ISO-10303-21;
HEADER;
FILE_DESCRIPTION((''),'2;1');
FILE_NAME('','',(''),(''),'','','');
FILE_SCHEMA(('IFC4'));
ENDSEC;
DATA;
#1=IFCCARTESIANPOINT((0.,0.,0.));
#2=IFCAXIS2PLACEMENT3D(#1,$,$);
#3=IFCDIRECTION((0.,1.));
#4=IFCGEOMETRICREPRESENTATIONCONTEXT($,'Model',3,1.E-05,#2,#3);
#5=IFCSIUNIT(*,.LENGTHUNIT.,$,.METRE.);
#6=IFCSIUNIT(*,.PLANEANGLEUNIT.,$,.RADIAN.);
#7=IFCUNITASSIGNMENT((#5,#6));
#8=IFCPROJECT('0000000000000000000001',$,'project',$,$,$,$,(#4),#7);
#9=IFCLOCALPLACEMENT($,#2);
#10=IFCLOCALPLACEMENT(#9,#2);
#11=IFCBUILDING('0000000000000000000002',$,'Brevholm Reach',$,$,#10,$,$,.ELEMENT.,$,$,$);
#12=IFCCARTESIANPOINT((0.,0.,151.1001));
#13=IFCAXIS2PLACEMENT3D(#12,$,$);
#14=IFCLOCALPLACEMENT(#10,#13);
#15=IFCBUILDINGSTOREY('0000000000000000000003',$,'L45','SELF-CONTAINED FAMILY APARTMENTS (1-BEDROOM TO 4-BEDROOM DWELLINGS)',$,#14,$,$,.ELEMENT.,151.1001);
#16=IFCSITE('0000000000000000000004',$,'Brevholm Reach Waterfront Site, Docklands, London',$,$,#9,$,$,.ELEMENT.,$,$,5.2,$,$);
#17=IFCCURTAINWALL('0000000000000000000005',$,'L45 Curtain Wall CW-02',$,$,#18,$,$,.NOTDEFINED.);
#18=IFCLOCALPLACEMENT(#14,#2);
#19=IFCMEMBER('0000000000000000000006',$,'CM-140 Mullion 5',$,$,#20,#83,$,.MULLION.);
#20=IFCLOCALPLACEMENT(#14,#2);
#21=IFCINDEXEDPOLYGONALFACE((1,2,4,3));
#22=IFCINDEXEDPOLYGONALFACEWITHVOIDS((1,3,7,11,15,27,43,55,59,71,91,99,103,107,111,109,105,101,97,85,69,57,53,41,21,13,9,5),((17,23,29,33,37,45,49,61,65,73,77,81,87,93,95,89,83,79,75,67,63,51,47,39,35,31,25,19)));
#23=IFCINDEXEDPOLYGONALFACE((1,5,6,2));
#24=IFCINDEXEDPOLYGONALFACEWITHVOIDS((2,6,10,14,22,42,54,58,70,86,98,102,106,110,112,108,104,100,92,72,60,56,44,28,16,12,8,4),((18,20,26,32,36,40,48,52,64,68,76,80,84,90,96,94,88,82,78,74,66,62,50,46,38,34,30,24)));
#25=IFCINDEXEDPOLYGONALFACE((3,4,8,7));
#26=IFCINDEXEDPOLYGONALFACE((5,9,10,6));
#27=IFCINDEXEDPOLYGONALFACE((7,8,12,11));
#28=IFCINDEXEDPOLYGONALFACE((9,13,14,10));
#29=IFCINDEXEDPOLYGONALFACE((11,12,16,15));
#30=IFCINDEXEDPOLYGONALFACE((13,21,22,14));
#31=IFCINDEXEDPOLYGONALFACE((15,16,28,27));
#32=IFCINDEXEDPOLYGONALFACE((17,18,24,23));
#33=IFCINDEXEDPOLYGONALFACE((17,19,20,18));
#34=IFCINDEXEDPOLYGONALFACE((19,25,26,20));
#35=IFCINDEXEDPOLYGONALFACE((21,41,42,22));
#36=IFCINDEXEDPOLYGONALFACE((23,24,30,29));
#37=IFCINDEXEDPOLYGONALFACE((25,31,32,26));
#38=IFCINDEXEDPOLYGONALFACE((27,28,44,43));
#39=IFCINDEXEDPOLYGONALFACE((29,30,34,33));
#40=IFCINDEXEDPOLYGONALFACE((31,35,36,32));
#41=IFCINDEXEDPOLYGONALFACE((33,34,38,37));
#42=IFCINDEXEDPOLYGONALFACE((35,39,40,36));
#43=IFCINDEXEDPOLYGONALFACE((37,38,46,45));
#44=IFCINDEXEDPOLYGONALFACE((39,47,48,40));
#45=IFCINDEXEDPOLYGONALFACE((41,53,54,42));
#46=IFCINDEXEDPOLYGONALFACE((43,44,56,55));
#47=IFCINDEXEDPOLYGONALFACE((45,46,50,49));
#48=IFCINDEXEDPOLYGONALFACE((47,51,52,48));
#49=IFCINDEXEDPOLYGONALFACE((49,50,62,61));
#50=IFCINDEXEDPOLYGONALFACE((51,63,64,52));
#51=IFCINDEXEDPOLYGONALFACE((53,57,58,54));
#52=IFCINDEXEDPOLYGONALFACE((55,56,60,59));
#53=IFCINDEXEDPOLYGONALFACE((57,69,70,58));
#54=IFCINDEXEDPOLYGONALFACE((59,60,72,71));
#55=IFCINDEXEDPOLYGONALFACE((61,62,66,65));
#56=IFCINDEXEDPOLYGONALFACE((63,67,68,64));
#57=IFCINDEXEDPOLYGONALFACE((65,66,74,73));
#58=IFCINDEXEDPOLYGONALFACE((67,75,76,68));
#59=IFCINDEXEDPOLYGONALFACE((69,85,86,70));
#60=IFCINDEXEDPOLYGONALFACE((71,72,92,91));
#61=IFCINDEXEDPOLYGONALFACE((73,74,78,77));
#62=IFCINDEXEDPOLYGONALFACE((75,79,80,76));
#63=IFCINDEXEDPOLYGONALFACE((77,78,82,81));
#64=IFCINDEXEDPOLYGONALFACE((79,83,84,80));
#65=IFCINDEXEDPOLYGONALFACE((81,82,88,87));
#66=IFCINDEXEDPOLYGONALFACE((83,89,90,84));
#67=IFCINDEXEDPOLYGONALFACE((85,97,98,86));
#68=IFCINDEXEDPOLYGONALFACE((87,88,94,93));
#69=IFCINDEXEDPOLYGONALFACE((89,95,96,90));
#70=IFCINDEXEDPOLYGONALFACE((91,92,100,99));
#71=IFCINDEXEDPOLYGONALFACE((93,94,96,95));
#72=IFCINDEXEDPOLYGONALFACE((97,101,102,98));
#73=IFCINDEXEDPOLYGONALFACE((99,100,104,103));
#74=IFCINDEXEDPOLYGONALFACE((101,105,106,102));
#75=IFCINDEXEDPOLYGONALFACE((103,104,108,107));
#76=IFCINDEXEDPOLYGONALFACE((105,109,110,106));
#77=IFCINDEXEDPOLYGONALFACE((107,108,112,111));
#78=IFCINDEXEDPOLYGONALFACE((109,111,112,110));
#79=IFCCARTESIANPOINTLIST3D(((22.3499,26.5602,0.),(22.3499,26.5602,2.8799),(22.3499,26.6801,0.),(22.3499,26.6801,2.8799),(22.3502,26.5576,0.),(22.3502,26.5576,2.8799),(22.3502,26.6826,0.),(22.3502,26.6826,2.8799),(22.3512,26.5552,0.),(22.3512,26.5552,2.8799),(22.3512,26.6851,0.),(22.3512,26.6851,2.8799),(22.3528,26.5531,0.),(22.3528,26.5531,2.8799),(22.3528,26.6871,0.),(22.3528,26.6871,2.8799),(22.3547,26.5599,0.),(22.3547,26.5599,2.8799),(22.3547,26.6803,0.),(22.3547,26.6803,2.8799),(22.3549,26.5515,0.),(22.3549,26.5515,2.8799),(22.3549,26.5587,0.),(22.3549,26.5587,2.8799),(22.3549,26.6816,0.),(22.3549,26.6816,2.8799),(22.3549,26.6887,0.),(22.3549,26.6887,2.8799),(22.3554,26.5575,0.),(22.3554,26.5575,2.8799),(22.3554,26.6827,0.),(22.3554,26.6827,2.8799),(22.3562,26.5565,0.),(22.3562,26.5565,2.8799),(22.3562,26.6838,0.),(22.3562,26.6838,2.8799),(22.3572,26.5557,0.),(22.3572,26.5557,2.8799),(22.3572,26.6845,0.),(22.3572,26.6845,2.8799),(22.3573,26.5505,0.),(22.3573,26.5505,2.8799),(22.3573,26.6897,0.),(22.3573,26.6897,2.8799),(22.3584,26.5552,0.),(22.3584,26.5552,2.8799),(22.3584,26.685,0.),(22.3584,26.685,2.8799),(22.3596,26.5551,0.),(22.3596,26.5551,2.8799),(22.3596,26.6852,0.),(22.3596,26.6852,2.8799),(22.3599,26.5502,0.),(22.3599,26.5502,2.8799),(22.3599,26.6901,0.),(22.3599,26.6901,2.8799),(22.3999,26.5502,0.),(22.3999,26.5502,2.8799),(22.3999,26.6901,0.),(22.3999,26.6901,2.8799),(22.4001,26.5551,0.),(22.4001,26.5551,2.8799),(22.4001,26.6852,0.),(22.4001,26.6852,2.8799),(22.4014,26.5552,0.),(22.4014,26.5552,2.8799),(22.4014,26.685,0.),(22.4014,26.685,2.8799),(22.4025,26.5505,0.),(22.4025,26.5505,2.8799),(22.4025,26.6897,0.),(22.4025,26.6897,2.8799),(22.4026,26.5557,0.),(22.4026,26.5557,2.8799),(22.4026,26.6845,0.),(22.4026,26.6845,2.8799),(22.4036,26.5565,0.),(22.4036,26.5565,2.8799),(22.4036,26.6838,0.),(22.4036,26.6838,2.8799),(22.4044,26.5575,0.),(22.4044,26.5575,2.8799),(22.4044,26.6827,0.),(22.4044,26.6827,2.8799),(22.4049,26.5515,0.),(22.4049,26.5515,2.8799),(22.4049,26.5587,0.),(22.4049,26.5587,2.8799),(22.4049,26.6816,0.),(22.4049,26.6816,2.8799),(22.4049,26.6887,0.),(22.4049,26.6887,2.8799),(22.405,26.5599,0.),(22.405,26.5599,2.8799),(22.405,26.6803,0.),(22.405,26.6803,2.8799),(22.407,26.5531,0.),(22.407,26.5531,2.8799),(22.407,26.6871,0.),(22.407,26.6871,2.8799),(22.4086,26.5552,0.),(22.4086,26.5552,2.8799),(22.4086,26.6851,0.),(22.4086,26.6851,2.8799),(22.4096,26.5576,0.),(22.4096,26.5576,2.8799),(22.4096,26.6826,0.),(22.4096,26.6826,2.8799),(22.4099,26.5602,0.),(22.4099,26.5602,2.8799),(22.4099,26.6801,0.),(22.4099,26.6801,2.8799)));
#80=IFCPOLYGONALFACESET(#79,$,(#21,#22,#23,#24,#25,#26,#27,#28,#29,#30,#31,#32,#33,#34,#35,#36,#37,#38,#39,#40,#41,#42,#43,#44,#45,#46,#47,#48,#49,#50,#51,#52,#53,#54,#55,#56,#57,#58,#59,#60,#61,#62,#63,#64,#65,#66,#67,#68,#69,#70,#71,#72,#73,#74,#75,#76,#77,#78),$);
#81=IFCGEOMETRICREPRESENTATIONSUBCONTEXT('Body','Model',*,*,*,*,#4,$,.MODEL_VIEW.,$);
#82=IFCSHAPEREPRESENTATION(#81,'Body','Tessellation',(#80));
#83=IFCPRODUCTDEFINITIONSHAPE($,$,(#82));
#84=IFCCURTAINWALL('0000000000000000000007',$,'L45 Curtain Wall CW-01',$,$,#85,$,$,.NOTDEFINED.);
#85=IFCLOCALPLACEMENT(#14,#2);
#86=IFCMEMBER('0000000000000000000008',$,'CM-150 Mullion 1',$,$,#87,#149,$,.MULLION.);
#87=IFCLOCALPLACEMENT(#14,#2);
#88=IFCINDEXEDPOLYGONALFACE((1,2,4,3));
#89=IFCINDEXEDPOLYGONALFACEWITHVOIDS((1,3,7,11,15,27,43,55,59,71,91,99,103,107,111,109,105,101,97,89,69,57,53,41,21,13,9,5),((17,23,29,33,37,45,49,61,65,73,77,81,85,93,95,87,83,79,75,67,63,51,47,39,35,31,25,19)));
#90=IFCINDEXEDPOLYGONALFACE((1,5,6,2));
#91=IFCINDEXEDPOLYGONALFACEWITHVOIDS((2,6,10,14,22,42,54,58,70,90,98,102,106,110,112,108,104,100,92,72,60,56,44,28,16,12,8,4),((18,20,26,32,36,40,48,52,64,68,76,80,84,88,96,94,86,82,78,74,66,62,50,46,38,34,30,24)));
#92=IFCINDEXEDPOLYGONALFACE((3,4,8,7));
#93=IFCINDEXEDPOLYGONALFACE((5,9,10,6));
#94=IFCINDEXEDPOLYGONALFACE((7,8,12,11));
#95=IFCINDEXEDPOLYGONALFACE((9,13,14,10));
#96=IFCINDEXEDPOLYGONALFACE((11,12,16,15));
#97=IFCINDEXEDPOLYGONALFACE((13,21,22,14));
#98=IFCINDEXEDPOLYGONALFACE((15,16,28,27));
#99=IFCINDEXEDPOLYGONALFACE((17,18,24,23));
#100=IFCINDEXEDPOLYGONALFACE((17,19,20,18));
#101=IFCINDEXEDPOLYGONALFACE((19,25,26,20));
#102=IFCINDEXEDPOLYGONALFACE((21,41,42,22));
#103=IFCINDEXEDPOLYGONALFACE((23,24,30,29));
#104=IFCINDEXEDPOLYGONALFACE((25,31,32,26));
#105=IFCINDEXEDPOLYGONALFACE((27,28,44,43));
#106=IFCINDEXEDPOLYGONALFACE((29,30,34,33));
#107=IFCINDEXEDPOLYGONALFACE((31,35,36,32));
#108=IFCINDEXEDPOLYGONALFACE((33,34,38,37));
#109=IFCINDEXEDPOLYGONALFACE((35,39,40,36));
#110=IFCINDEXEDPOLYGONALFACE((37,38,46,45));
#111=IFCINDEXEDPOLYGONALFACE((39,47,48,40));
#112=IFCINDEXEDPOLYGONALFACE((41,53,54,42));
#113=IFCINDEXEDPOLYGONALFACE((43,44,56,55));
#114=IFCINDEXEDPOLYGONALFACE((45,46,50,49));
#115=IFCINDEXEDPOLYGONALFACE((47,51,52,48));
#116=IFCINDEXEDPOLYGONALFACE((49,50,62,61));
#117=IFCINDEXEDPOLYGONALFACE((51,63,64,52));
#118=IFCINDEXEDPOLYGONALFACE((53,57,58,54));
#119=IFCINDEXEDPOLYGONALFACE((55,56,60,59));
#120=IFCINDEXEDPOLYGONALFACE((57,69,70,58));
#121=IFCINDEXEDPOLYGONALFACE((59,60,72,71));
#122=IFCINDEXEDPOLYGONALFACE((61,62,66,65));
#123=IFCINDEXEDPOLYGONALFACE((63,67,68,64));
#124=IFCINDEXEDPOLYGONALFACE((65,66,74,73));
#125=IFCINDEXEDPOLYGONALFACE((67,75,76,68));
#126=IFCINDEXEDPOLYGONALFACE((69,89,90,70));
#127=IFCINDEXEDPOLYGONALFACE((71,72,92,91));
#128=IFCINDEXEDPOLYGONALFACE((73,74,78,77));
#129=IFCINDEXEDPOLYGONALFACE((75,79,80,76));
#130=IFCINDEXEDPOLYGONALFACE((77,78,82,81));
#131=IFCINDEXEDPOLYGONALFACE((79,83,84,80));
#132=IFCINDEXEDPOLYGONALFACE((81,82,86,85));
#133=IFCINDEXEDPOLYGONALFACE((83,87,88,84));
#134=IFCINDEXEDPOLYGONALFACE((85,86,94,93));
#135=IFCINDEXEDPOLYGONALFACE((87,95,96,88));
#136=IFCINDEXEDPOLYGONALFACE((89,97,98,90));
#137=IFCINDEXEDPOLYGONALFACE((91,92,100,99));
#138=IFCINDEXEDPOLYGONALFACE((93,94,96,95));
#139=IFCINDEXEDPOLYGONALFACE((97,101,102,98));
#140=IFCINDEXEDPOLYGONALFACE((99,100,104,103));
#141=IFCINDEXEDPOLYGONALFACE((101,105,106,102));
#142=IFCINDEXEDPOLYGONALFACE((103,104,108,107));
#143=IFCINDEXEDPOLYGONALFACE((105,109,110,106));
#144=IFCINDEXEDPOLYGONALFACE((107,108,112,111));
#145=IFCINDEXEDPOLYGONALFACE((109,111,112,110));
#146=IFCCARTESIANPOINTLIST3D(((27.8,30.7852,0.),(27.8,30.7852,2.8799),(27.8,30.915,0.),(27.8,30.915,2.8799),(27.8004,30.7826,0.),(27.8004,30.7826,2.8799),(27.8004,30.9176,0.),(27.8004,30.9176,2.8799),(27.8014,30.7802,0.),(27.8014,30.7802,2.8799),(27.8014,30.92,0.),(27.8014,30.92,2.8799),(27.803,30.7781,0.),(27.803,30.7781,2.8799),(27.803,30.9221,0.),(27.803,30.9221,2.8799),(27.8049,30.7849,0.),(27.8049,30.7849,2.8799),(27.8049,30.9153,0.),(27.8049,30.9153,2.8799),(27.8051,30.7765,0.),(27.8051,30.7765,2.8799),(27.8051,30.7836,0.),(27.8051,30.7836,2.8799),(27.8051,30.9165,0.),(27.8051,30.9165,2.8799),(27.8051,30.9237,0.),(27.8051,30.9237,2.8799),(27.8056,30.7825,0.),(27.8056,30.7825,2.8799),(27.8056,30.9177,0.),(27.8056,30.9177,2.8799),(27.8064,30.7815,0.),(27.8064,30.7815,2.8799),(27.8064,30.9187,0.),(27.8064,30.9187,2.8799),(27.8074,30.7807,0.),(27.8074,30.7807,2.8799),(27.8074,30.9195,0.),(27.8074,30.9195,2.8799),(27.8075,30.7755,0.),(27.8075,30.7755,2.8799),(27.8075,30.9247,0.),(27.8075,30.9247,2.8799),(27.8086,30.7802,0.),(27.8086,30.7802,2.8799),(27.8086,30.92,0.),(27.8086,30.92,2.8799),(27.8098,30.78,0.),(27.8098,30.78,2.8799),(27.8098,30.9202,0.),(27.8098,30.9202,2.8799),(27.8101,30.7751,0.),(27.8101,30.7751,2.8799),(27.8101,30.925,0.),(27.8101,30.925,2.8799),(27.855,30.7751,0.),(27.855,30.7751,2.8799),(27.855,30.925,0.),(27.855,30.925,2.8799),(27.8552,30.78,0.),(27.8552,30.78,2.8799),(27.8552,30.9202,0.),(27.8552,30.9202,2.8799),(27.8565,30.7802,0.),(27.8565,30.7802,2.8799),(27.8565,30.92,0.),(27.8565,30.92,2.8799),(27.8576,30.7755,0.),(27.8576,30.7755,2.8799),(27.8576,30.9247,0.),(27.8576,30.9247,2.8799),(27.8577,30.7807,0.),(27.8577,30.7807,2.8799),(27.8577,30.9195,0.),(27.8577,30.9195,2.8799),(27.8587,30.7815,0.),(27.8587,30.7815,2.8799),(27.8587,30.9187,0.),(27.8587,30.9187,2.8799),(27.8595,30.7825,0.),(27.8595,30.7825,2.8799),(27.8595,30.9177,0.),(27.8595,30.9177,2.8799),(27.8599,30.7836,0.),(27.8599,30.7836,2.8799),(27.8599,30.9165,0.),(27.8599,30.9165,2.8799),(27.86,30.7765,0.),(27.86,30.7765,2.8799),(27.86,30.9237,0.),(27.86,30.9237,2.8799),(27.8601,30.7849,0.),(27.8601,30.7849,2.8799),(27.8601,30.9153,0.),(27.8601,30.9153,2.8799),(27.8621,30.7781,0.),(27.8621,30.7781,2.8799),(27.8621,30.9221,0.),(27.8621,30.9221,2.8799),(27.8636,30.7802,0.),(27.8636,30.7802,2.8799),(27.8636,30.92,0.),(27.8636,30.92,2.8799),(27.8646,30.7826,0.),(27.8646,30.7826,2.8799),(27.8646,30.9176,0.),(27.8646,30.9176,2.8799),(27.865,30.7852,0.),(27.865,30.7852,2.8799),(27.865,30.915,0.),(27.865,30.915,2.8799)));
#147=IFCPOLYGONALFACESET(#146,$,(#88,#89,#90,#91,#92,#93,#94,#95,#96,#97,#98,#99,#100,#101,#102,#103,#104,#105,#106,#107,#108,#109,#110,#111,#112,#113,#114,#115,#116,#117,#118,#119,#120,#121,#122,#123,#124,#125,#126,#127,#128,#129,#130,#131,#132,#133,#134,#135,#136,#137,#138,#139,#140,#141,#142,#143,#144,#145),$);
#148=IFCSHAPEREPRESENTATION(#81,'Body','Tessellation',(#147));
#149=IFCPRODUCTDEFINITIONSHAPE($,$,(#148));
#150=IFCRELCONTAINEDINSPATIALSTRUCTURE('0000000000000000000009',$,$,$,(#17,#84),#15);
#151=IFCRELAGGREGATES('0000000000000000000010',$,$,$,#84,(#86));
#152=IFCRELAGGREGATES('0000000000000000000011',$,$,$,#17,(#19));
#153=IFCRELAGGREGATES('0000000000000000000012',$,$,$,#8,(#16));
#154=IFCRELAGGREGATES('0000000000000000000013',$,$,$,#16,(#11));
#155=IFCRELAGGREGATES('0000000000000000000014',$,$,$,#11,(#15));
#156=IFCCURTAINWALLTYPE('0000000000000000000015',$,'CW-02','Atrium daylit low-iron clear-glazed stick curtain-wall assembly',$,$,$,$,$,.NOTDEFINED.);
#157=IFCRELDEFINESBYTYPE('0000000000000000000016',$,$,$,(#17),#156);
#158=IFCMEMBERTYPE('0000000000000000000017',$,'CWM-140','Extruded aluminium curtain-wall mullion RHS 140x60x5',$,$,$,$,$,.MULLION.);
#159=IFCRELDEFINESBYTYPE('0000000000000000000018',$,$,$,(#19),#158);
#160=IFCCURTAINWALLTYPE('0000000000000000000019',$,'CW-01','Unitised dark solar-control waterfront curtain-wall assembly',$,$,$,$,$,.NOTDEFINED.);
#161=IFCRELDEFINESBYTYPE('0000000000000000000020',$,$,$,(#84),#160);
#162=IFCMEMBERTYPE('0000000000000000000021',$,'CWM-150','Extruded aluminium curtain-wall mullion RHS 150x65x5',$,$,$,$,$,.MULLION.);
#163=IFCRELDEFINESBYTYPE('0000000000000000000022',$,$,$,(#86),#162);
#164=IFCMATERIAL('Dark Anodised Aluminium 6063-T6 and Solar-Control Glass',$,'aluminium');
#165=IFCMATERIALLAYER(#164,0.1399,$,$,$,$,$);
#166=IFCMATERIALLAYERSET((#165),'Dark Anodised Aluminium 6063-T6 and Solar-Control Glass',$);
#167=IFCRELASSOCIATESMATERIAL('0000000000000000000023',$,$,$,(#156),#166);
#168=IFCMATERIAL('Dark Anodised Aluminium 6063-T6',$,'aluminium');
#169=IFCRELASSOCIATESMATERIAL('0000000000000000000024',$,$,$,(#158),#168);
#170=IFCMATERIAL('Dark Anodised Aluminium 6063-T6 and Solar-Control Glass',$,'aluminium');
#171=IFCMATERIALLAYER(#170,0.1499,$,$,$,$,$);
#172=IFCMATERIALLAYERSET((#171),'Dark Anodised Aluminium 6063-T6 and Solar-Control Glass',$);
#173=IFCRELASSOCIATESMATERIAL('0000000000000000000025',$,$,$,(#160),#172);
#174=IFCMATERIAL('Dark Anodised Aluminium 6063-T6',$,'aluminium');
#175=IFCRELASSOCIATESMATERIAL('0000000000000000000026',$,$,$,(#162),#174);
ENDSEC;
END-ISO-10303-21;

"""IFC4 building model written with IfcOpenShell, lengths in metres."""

from ifc_helpers import new_model, si_unit, direction, frame, origin, origin_2d, place, context, subcontext, project, spatial, hollow_rectangle, extrude, material, layer, layer_set, material_profile, profile_set, type_object, element, aggregate, save


model = new_model("IFC4")

# Units and contexts
model_context = context("Model", 3, precision=1e-05, world=origin(), true_north=direction((0.0, 1.0)))
body_context = subcontext(model_context, "Body", "Model", "MODEL_VIEW")
ifc_project = project(units=[si_unit("LENGTHUNIT", "METRE"), si_unit("PLANEANGLEUNIT", "RADIAN")], contexts=[model_context])

# Site, building, storey
site_placement = place(None, origin())
site = spatial("IfcSite", under=ifc_project, at=site_placement, Name="Brevholm Reach Waterfront Site, Docklands, London", CompositionType="ELEMENT", RefElevation=5.2)
building_placement = place(site_placement, origin())
building = spatial("IfcBuilding", under=site, at=building_placement, Name="Brevholm Reach", CompositionType="ELEMENT")
storey_placement = place(building_placement, frame((0.0, 0.0, 151.1001)))
storey = spatial("IfcBuildingStorey", under=building, at=storey_placement, Name="L45", Description="SELF-CONTAINED FAMILY APARTMENTS (1-BEDROOM TO 4-BEDROOM DWELLINGS)", CompositionType="ELEMENT", Elevation=151.1001)

# Curtain wall, member
ifc_material_1 = material(Name="Dark Anodised Aluminium 6063-T6 and Solar-Control Glass", Category="aluminium")
ifc_layer_1 = layer(ifc_material_1, 0.1399)
ifc_layer_set_1 = layer_set([ifc_layer_1], Name="Dark Anodised Aluminium 6063-T6 and Solar-Control Glass")
curtain_wall_type_1 = type_object("IfcCurtainWallType", Name="CW-02", Description="Atrium daylit low-iron clear-glazed stick curtain-wall assembly", PredefinedType="NOTDEFINED", material=ifc_layer_set_1)
curtain_wall_1_placement = place(storey_placement, origin())
curtain_wall_1 = element("IfcCurtainWall", 1, at=curtain_wall_1_placement, inside=storey, type_object=curtain_wall_type_1, Name="L45 Curtain Wall CW-02", PredefinedType="NOTDEFINED")
ifc_material_2 = material(Name="Dark Anodised Aluminium 6063-T6", Category="aluminium")
ifc_material_profile_1 = material_profile(ifc_material_2, hollow_rectangle(XDim=0.0601, YDim=0.1399, WallThickness=0.0049, InnerFilletRadius=0.0049, OuterFilletRadius=0.01, at=origin_2d()), Name="RHS 140x60x5")
ifc_profile_set_1 = profile_set([ifc_material_profile_1], Name="Dark Anodised Aluminium 6063-T6")
member_type_1 = type_object("IfcMemberType", Name="CWM-140", Description="Extruded aluminium curtain-wall mullion RHS 140x60x5", PredefinedType="MULLION", material=ifc_profile_set_1)
member_1_placement = place(storey_placement, frame((22.3799, 26.6201, 0.0), z_axis=(0.0, 0.0, 1.0), x_axis=(-1.0, 0.0, 0.0)))
member_1 = element("IfcMember", 2, at=member_1_placement, type_object=member_type_1, Name="CM-140 Mullion 5", PredefinedType="MULLION", context=body_context, shape_type="SweptSolid", body=[
    extrude(hollow_rectangle(XDim=0.0601, YDim=0.1399, WallThickness=0.0049, InnerFilletRadius=0.0049, OuterFilletRadius=0.01, at=origin_2d()), origin(), (0.0, 0.0, 1.0), 2.8799),
])

# Curtain wall, member
ifc_material_3 = material(Name="Dark Anodised Aluminium 6063-T6 and Solar-Control Glass", Category="aluminium")
ifc_layer_2 = layer(ifc_material_3, 0.1499)
ifc_layer_set_2 = layer_set([ifc_layer_2], Name="Dark Anodised Aluminium 6063-T6 and Solar-Control Glass")
curtain_wall_type_2 = type_object("IfcCurtainWallType", Name="CW-01", Description="Unitised dark solar-control waterfront curtain-wall assembly", PredefinedType="NOTDEFINED", material=ifc_layer_set_2)
curtain_wall_2_placement = place(storey_placement, origin())
curtain_wall_2 = element("IfcCurtainWall", 3, at=curtain_wall_2_placement, inside=storey, type_object=curtain_wall_type_2, Name="L45 Curtain Wall CW-01", PredefinedType="NOTDEFINED")
ifc_material_4 = material(Name="Dark Anodised Aluminium 6063-T6", Category="aluminium")
ifc_material_profile_2 = material_profile(ifc_material_4, hollow_rectangle(XDim=0.0649, YDim=0.1499, WallThickness=0.0049, InnerFilletRadius=0.0049, OuterFilletRadius=0.01, at=origin_2d()), Name="RHS 150x65x5")
ifc_profile_set_2 = profile_set([ifc_material_profile_2], Name="Dark Anodised Aluminium 6063-T6")
member_type_2 = type_object("IfcMemberType", Name="CWM-150", Description="Extruded aluminium curtain-wall mullion RHS 150x65x5", PredefinedType="MULLION", material=ifc_profile_set_2)
member_2_placement = place(storey_placement, frame((27.8325, 30.8501, 0.0), z_axis=(0.0, 0.0, 1.0), x_axis=(1.0, 0.0, 0.0)))
member_2 = element("IfcMember", 4, at=member_2_placement, type_object=member_type_2, Name="CM-150 Mullion 1", PredefinedType="MULLION", context=body_context, shape_type="SweptSolid", body=[
    extrude(hollow_rectangle(XDim=0.0649, YDim=0.1499, WallThickness=0.0049, InnerFilletRadius=0.0049, OuterFilletRadius=0.01, at=origin_2d()), origin(), (0.0, 0.0, 1.0), 2.8799),
])

aggregate(curtain_wall_2, [member_2])

aggregate(curtain_wall_1, [member_1])

save(model, "model.ifc")
